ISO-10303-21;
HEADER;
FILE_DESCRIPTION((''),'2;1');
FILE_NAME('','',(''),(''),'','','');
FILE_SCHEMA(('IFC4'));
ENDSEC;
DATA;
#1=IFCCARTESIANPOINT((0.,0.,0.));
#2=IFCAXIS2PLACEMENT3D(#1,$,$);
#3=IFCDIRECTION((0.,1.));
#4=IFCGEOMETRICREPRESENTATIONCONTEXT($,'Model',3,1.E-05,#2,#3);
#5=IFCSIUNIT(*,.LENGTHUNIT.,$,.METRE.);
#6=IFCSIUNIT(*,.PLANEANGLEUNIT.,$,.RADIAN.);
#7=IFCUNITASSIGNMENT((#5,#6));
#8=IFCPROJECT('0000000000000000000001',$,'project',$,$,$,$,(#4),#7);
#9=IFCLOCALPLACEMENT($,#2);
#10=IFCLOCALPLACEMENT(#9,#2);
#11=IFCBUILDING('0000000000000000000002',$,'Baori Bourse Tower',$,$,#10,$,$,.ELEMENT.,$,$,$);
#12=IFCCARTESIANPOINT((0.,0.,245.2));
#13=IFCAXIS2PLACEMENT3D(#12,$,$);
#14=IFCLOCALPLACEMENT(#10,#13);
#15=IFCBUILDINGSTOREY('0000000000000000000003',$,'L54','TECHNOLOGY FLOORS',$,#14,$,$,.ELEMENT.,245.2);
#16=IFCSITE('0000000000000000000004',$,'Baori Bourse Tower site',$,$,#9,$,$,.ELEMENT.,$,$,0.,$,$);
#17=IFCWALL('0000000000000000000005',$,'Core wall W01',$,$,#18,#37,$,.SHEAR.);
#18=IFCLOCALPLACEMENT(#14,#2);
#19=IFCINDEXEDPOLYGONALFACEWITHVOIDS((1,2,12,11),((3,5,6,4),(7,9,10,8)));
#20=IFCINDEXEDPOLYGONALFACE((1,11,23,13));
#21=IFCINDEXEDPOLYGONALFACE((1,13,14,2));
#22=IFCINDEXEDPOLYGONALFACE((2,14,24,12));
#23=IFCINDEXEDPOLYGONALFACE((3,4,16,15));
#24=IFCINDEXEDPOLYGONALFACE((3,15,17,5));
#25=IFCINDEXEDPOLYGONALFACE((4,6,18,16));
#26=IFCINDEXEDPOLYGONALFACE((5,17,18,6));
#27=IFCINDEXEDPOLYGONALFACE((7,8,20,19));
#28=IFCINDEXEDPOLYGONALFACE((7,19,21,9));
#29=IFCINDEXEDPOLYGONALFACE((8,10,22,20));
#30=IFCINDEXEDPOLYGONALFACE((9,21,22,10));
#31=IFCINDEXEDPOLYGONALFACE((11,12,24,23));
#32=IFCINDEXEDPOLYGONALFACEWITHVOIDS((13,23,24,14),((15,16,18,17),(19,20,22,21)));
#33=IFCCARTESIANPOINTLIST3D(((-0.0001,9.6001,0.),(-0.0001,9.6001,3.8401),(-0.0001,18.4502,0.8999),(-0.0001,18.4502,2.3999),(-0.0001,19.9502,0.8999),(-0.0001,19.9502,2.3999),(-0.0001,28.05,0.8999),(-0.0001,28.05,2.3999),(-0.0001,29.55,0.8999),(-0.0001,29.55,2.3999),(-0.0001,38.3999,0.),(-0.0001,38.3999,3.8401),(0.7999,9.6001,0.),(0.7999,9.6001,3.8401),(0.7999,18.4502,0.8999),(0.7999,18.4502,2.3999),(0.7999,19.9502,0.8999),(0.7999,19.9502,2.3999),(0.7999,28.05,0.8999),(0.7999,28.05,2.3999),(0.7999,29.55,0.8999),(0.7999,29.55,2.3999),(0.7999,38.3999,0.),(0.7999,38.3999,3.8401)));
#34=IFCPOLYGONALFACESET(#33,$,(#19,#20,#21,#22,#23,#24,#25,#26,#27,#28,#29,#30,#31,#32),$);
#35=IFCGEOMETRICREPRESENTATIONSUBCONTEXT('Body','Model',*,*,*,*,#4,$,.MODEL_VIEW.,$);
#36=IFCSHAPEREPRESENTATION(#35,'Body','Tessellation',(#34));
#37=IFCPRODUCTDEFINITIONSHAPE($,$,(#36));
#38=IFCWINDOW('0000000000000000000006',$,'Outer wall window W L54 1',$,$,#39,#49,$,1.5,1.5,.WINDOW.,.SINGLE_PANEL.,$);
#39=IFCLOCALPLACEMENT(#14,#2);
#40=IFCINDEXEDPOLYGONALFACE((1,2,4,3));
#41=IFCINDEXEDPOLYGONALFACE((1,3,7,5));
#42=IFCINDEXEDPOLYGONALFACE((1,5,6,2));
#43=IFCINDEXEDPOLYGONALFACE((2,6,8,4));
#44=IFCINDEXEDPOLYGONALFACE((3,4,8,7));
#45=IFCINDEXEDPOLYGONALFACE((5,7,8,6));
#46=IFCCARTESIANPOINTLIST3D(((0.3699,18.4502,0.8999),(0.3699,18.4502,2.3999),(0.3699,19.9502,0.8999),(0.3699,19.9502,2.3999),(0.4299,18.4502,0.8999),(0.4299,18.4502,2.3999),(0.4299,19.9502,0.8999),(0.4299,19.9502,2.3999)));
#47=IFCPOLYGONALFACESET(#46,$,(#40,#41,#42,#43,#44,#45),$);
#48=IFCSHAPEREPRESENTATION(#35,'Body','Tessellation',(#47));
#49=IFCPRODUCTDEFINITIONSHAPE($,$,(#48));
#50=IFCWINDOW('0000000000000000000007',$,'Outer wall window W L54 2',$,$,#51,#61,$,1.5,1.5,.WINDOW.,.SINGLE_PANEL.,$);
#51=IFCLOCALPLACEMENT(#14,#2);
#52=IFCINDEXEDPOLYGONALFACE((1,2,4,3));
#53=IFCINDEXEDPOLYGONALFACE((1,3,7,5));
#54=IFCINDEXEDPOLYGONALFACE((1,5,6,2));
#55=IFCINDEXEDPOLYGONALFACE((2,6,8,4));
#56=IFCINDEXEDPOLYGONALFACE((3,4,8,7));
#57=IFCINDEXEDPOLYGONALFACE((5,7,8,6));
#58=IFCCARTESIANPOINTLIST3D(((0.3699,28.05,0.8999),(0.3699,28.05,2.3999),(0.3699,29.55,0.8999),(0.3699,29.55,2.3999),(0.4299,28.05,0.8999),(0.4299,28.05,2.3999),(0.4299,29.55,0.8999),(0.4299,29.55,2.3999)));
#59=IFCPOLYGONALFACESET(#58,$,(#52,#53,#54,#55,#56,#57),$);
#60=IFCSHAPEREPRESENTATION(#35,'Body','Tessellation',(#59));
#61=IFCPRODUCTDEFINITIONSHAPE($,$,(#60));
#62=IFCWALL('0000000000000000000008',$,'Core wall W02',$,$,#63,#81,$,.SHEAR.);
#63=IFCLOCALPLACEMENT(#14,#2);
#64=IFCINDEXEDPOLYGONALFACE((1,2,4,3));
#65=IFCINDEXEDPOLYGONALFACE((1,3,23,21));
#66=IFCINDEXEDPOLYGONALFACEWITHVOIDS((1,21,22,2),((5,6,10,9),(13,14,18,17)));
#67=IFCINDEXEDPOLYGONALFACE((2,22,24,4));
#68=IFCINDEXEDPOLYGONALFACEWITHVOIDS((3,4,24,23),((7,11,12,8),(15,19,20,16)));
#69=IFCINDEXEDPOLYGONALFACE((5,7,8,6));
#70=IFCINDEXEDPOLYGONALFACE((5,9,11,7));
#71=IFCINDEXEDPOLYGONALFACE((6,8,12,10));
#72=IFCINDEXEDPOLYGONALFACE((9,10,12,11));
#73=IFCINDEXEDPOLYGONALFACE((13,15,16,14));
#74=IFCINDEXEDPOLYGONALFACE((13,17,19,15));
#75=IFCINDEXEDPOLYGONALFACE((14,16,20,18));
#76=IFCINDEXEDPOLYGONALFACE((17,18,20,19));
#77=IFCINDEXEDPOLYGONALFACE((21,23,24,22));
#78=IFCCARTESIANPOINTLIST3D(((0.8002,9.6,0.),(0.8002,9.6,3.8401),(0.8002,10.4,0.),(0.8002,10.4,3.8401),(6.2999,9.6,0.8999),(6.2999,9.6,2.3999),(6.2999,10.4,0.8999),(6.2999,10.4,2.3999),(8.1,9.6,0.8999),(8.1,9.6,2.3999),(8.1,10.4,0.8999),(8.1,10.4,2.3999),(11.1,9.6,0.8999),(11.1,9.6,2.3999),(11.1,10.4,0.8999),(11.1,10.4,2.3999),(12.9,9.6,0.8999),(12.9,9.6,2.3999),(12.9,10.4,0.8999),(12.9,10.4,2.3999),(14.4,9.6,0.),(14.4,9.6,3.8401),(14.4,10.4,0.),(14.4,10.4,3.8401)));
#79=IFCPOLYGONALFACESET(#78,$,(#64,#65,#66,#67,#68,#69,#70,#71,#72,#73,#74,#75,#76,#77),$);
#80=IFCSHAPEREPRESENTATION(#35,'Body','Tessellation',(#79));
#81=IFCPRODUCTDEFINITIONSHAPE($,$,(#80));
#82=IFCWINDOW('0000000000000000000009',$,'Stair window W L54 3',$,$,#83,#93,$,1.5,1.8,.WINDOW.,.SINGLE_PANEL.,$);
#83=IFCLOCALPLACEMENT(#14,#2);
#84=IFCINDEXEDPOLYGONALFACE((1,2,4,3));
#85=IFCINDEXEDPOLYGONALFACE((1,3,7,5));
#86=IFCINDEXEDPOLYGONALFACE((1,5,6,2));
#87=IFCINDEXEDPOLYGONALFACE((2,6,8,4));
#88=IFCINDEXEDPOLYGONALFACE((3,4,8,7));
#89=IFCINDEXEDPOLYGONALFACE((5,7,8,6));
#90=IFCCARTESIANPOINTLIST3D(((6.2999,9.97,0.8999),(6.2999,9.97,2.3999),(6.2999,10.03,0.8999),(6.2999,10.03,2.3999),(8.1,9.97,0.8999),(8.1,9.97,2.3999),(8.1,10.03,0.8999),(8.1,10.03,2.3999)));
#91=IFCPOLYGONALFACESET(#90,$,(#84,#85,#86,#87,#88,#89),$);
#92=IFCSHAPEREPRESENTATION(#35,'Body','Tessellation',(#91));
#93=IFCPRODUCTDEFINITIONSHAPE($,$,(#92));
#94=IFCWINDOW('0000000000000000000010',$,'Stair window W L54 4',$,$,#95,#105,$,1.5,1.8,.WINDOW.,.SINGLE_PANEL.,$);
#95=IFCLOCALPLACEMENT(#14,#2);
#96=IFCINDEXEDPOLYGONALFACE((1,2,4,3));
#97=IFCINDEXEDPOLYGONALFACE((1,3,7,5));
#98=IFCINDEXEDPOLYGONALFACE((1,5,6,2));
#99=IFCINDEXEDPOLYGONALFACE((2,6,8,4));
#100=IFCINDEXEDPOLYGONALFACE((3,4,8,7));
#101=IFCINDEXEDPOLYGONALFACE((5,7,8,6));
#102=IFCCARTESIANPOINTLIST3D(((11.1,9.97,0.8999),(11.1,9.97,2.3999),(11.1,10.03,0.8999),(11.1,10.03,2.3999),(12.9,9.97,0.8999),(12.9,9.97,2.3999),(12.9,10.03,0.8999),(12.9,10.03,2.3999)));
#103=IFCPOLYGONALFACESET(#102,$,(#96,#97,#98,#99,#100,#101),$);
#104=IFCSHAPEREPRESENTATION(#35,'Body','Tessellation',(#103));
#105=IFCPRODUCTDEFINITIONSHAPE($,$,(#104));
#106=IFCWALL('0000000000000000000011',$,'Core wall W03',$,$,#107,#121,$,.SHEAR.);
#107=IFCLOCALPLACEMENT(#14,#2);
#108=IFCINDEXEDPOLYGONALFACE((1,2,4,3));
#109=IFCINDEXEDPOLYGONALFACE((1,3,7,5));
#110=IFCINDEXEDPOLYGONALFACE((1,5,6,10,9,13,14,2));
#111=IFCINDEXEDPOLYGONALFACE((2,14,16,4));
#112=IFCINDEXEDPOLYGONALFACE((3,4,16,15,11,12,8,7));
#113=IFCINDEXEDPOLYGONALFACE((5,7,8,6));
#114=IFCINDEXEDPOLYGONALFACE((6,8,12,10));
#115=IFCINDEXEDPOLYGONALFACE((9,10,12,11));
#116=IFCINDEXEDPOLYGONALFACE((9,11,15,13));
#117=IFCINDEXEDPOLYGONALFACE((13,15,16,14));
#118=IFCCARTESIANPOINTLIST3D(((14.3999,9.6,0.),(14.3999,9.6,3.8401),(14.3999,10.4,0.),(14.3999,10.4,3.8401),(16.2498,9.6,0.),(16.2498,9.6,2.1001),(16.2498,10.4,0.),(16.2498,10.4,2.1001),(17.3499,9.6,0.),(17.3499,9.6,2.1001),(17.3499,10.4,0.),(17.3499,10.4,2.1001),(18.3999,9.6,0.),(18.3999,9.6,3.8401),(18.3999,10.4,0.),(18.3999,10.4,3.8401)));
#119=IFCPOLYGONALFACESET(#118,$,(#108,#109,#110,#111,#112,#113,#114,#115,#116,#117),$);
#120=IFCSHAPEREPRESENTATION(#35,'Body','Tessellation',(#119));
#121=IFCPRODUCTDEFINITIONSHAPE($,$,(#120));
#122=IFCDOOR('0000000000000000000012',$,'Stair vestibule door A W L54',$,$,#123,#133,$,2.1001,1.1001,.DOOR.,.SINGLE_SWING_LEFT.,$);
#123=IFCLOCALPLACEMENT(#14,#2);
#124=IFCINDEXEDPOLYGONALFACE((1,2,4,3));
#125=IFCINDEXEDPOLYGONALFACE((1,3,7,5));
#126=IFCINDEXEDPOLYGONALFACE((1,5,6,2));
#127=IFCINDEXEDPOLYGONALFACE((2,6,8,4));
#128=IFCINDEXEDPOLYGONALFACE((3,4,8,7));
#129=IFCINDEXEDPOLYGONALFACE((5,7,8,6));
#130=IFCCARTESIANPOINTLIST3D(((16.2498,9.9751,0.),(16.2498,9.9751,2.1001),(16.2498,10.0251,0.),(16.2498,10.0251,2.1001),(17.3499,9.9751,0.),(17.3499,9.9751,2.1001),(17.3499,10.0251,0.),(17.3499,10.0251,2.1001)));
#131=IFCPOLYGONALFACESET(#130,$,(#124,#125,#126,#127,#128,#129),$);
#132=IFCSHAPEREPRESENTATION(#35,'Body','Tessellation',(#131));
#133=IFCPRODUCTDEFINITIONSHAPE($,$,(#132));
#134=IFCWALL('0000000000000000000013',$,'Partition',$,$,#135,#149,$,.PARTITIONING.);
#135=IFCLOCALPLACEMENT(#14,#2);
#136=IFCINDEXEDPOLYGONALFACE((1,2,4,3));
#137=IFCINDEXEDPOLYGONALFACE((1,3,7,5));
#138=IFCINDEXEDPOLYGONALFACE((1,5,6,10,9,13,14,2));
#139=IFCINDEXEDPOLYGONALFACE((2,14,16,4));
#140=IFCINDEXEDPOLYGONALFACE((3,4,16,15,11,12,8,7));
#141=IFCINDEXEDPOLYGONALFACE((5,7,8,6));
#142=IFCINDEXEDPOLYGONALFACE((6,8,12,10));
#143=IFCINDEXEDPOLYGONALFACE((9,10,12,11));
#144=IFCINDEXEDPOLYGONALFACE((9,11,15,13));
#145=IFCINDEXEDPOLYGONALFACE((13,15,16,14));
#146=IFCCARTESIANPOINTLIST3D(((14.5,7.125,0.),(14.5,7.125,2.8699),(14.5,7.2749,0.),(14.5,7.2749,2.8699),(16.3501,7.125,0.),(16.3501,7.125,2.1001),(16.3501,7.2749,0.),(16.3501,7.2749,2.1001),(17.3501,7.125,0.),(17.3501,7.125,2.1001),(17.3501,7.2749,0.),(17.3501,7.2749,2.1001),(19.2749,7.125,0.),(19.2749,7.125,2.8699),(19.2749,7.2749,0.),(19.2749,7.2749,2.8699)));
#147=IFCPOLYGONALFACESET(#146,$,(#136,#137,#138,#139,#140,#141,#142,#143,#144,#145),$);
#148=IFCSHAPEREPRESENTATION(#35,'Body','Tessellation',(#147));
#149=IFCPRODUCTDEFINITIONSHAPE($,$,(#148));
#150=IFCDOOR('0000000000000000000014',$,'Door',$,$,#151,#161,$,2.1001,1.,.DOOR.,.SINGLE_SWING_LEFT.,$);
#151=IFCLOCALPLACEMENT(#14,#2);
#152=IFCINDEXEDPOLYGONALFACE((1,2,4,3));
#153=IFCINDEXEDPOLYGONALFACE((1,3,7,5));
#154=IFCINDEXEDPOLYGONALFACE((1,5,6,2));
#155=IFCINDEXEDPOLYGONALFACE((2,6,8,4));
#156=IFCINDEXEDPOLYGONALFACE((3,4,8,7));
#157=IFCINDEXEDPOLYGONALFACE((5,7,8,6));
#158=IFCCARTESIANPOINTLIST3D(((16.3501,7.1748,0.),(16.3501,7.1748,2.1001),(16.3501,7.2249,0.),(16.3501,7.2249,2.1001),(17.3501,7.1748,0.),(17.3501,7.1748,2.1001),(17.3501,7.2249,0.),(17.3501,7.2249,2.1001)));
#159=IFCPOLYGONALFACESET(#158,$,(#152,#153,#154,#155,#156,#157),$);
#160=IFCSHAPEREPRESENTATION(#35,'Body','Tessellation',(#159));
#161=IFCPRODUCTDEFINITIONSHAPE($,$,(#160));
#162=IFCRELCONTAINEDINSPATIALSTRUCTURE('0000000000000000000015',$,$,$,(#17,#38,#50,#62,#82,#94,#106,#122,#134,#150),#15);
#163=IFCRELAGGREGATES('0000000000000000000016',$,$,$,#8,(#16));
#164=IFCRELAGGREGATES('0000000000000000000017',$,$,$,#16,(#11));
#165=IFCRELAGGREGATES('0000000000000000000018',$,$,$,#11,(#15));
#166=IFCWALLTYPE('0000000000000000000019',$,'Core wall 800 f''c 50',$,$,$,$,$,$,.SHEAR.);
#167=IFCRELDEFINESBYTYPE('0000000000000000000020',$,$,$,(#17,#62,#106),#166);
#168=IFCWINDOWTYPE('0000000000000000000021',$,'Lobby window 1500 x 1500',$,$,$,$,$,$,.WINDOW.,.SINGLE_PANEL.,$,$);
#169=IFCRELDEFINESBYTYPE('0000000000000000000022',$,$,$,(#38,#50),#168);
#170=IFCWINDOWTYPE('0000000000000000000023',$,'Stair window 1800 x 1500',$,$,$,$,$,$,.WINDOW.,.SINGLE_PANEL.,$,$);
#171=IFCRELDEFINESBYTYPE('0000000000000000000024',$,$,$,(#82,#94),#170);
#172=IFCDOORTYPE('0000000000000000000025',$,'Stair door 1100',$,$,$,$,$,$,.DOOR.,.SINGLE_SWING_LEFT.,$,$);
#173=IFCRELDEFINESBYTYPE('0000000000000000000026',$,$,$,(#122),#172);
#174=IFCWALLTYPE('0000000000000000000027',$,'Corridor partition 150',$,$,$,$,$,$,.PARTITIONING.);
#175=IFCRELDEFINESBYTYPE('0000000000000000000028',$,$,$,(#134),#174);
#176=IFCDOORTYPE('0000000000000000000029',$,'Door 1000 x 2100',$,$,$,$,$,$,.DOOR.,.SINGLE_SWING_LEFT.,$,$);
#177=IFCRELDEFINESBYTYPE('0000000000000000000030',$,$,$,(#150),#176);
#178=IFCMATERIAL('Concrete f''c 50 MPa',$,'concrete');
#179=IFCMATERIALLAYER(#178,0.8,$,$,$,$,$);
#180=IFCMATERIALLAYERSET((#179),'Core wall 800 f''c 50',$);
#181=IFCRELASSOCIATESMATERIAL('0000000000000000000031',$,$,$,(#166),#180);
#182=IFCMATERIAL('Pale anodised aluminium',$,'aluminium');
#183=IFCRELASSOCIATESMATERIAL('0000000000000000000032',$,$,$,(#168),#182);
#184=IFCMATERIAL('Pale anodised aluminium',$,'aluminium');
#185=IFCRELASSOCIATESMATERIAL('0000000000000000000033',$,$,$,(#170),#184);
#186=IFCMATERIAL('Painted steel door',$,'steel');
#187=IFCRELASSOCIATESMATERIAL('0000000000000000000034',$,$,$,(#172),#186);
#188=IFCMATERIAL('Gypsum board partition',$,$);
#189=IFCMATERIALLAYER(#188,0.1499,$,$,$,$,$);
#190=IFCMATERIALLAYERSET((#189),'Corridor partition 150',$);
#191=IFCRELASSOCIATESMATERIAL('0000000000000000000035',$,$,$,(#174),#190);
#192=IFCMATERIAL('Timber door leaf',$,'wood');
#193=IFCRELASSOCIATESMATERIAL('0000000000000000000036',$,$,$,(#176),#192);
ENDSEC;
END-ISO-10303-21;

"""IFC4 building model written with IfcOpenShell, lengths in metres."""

from ifc_helpers import new_model, si_unit, direction, frame, frame_2d, origin, place, context, subcontext, project, spatial, rectangle, extrude, material, layer, layer_set, type_object, element, fill, save


model = new_model("IFC4")

# Units and contexts
model_context = context("Model", 3, precision=1e-05, world=origin(), true_north=direction((0.0, 1.0)))
body_context = subcontext(model_context, "Body", "Model", "MODEL_VIEW")
ifc_project = project(units=[si_unit("LENGTHUNIT", "METRE"), si_unit("PLANEANGLEUNIT", "RADIAN")], contexts=[model_context])

# Site, building, storey
site_placement = place(None, origin())
site = spatial("IfcSite", under=ifc_project, at=site_placement, Name="Baori Bourse Tower site", CompositionType="ELEMENT", RefElevation=0.0)
building_placement = place(site_placement, origin())
building = spatial("IfcBuilding", under=site, at=building_placement, Name="Baori Bourse Tower", CompositionType="ELEMENT")
storey_placement = place(building_placement, frame((0.0, 0.0, 245.2)))
storey = spatial("IfcBuildingStorey", under=building, at=storey_placement, Name="L54", Description="TECHNOLOGY FLOORS", CompositionType="ELEMENT", Elevation=245.2)

# Walls, openings, windows
ifc_material_1 = material(Name="Concrete f'c 50 MPa", Category="concrete")
ifc_layer_1 = layer(ifc_material_1, 0.8)
ifc_layer_set_1 = layer_set([ifc_layer_1], Name="Core wall 800 f'c 50")
wall_type_1 = type_object("IfcWallType", Name="Core wall 800 f'c 50", PredefinedType="SHEAR", material=ifc_layer_set_1)
wall_1_placement = place(storey_placement, frame((0.3999, 9.6001, 0.0), z_axis=(0.0, 0.0, 1.0), x_axis=(0.0, 1.0, 0.0)))
wall_1 = element("IfcWall", 1, at=wall_1_placement, inside=storey, type_object=wall_type_1, Name="Core wall W01", PredefinedType="SHEAR", context=body_context, shape_type="SweptSolid", body=[
    extrude(rectangle(XDim=28.7998, YDim=0.8, at=frame_2d((14.3999, 0.0))), origin(), (0.0, 0.0, 1.0), 3.8401),
])
opening_1_placement = place(wall_1_placement, frame((8.8501, 0.0, 0.8999)))
opening_1 = element("IfcOpeningElement", 2, at=opening_1_placement, cuts=wall_1, PredefinedType="OPENING", context=body_context, shape_type="SweptSolid", body=[
    extrude(rectangle(XDim=1.5, YDim=1.5, at=frame_2d((0.75, 0.75))), frame((0.0, 0.4099, 0.0), z_axis=(0.0, -1.0, 0.0), x_axis=(1.0, 0.0, 0.0)), (0.0, 0.0, 1.0), 0.8201),
])
opening_2_placement = place(wall_1_placement, frame((18.45, 0.0, 0.8999)))
opening_2 = element("IfcOpeningElement", 3, at=opening_2_placement, cuts=wall_1, PredefinedType="OPENING", context=body_context, shape_type="SweptSolid", body=[
    extrude(rectangle(XDim=1.5, YDim=1.5, at=frame_2d((0.75, 0.75))), frame((0.0, 0.4099, 0.0), z_axis=(0.0, -1.0, 0.0), x_axis=(1.0, 0.0, 0.0)), (0.0, 0.0, 1.0), 0.8201),
])
ifc_material_2 = material(Name="Pale anodised aluminium", Category="aluminium")
window_type_1 = type_object("IfcWindowType", Name="Lobby window 1500 x 1500", PartitioningType="SINGLE_PANEL", PredefinedType="WINDOW", material=ifc_material_2)
window_1_placement = place(opening_1_placement, origin())
window_1 = element("IfcWindow", 4, at=window_1_placement, inside=storey, type_object=window_type_1, Name="Outer wall window W L54 1", OverallHeight=1.5, OverallWidth=1.5, PartitioningType="SINGLE_PANEL", PredefinedType="WINDOW", context=body_context, shape_type="SweptSolid", body=[
    extrude(rectangle(XDim=1.5, YDim=1.5, at=frame_2d((0.75, 0.75))), frame((0.0, 0.03, 0.0), z_axis=(0.0, -1.0, 0.0), x_axis=(1.0, 0.0, 0.0)), (0.0, 0.0, 1.0), 0.0601),
])
fill(opening_1, window_1)
window_2_placement = place(opening_2_placement, origin())
window_2 = element("IfcWindow", 5, at=window_2_placement, inside=storey, type_object=window_type_1, Name="Outer wall window W L54 2", OverallHeight=1.5, OverallWidth=1.5, PartitioningType="SINGLE_PANEL", PredefinedType="WINDOW", context=body_context, shape_type="SweptSolid", body=[
    extrude(rectangle(XDim=1.5, YDim=1.5, at=frame_2d((0.75, 0.75))), frame((0.0, 0.03, 0.0), z_axis=(0.0, -1.0, 0.0), x_axis=(1.0, 0.0, 0.0)), (0.0, 0.0, 1.0), 0.0601),
])
fill(opening_2, window_2)
wall_2_placement = place(storey_placement, frame((14.3999, 10.0, 0.0), z_axis=(0.0, 0.0, 1.0), x_axis=(-1.0, 0.0, 0.0)))
wall_2 = element("IfcWall", 6, at=wall_2_placement, inside=storey, type_object=wall_type_1, Name="Core wall W02", PredefinedType="SHEAR", context=body_context, shape_type="SweptSolid", body=[
    extrude(rectangle(XDim=13.5999, YDim=0.8, at=frame_2d((6.7998, 0.0))), origin(), (0.0, 0.0, 1.0), 3.8401),
])
opening_3_placement = place(wall_2_placement, frame((6.3, 0.0, 0.8999)))
opening_3 = element("IfcOpeningElement", 7, at=opening_3_placement, cuts=wall_2, PredefinedType="OPENING", context=body_context, shape_type="SweptSolid", body=[
    extrude(rectangle(XDim=1.8, YDim=1.5, at=frame_2d((0.8999, 0.75))), frame((0.0, 0.4099, 0.0), z_axis=(0.0, -1.0, 0.0), x_axis=(1.0, 0.0, 0.0)), (0.0, 0.0, 1.0), 0.8201),
])
opening_4_placement = place(wall_2_placement, frame((1.5, 0.0, 0.8999)))
opening_4 = element("IfcOpeningElement", 8, at=opening_4_placement, cuts=wall_2, PredefinedType="OPENING", context=body_context, shape_type="SweptSolid", body=[
    extrude(rectangle(XDim=1.8, YDim=1.5, at=frame_2d((0.8999, 0.75))), frame((0.0, 0.4099, 0.0), z_axis=(0.0, -1.0, 0.0), x_axis=(1.0, 0.0, 0.0)), (0.0, 0.0, 1.0), 0.8201),
])
ifc_material_3 = material(Name="Pale anodised aluminium", Category="aluminium")
window_type_2 = type_object("IfcWindowType", Name="Stair window 1800 x 1500", PartitioningType="SINGLE_PANEL", PredefinedType="WINDOW", material=ifc_material_3)
window_3_placement = place(opening_3_placement, origin())
window_3 = element("IfcWindow", 9, at=window_3_placement, inside=storey, type_object=window_type_2, Name="Stair window W L54 3", OverallHeight=1.5, OverallWidth=1.8, PartitioningType="SINGLE_PANEL", PredefinedType="WINDOW", context=body_context, shape_type="SweptSolid", body=[
    extrude(rectangle(XDim=1.8, YDim=1.5, at=frame_2d((0.8999, 0.75))), frame((0.0, 0.03, 0.0), z_axis=(0.0, -1.0, 0.0), x_axis=(1.0, 0.0, 0.0)), (0.0, 0.0, 1.0), 0.0601),
])
fill(opening_3, window_3)
window_4_placement = place(opening_4_placement, origin())
window_4 = element("IfcWindow", 10, at=window_4_placement, inside=storey, type_object=window_type_2, Name="Stair window W L54 4", OverallHeight=1.5, OverallWidth=1.8, PartitioningType="SINGLE_PANEL", PredefinedType="WINDOW", context=body_context, shape_type="SweptSolid", body=[
    extrude(rectangle(XDim=1.8, YDim=1.5, at=frame_2d((0.8999, 0.75))), frame((0.0, 0.03, 0.0), z_axis=(0.0, -1.0, 0.0), x_axis=(1.0, 0.0, 0.0)), (0.0, 0.0, 1.0), 0.0601),
])
fill(opening_4, window_4)

# Walls, openings, doors
wall_3_placement = place(storey_placement, frame((18.3999, 10.0, 0.0), z_axis=(0.0, 0.0, 1.0), x_axis=(-1.0, 0.0, 0.0)))
wall_3 = element("IfcWall", 11, at=wall_3_placement, inside=storey, type_object=wall_type_1, Name="Core wall W03", PredefinedType="SHEAR", context=body_context, shape_type="SweptSolid", body=[
    extrude(rectangle(XDim=4.0, YDim=0.8, at=frame_2d((2.0, 0.0))), origin(), (0.0, 0.0, 1.0), 3.8401),
])
opening_5_placement = place(wall_3_placement, frame((1.05, 0.0, 0.0)))
opening_5 = element("IfcOpeningElement", 12, at=opening_5_placement, cuts=wall_3, PredefinedType="OPENING", context=body_context, shape_type="SweptSolid", body=[
    extrude(rectangle(XDim=1.1001, YDim=2.1001, at=frame_2d((0.55, 1.05))), frame((0.0, 0.4099, 0.0), z_axis=(0.0, -1.0, 0.0), x_axis=(1.0, 0.0, 0.0)), (0.0, 0.0, 1.0), 0.8201),
])
ifc_material_4 = material(Name="Painted steel door", Category="steel")
door_type_1 = type_object("IfcDoorType", Name="Stair door 1100", OperationType="SINGLE_SWING_LEFT", PredefinedType="DOOR", material=ifc_material_4)
door_1_placement = place(opening_5_placement, origin())
door_1 = element("IfcDoor", 13, at=door_1_placement, inside=storey, type_object=door_type_1, Name="Stair vestibule door A W L54", OperationType="SINGLE_SWING_LEFT", OverallHeight=2.1001, OverallWidth=1.1001, PredefinedType="DOOR", context=body_context, shape_type="SweptSolid", body=[
    extrude(rectangle(XDim=1.1001, YDim=2.1001, at=frame_2d((0.55, 1.05))), frame((0.0, 0.0249, 0.0), z_axis=(0.0, -1.0, 0.0), x_axis=(1.0, 0.0, 0.0)), (0.0, 0.0, 1.0), 0.05),
])
fill(opening_5, door_1)
ifc_material_5 = material(Name="Gypsum board partition")
ifc_layer_2 = layer(ifc_material_5, 0.1499)
ifc_layer_set_2 = layer_set([ifc_layer_2], Name="Corridor partition 150")
wall_type_2 = type_object("IfcWallType", Name="Corridor partition 150", PredefinedType="PARTITIONING", material=ifc_layer_set_2)
wall_4_placement = place(storey_placement, frame((14.5, 7.2, 0.0), z_axis=(0.0, 0.0, 1.0), x_axis=(1.0, 0.0, 0.0)))
wall_4 = element("IfcWall", 14, at=wall_4_placement, inside=storey, type_object=wall_type_2, Name="Partition", PredefinedType="PARTITIONING", context=body_context, shape_type="SweptSolid", body=[
    extrude(rectangle(XDim=4.7749, YDim=0.1499, at=frame_2d((2.3875, 0.0))), origin(), (0.0, 0.0, 1.0), 2.8699),
])
opening_6_placement = place(wall_4_placement, frame((1.8501, 0.0, 0.0)))
opening_6 = element("IfcOpeningElement", 15, at=opening_6_placement, cuts=wall_4, PredefinedType="OPENING", context=body_context, shape_type="SweptSolid", body=[
    extrude(rectangle(XDim=1.0, YDim=2.1001, at=frame_2d((0.5, 1.05))), frame((0.0, 0.085, 0.0), z_axis=(0.0, -1.0, 0.0), x_axis=(1.0, 0.0, 0.0)), (0.0, 0.0, 1.0), 0.1699),
])
ifc_material_6 = material(Name="Timber door leaf", Category="wood")
door_type_2 = type_object("IfcDoorType", Name="Door 1000 x 2100", OperationType="SINGLE_SWING_LEFT", PredefinedType="DOOR", material=ifc_material_6)
door_2_placement = place(opening_6_placement, origin())
door_2 = element("IfcDoor", 16, at=door_2_placement, inside=storey, type_object=door_type_2, Name="Door", OperationType="SINGLE_SWING_LEFT", OverallHeight=2.1001, OverallWidth=1.0, PredefinedType="DOOR", context=body_context, shape_type="SweptSolid", body=[
    extrude(rectangle(XDim=1.0, YDim=2.1001, at=frame_2d((0.5, 1.05))), frame((0.0, 0.0249, 0.0), z_axis=(0.0, -1.0, 0.0), x_axis=(1.0, 0.0, 0.0)), (0.0, 0.0, 1.0), 0.05),
])
fill(opening_6, door_2)

save(model, "model.ifc")
